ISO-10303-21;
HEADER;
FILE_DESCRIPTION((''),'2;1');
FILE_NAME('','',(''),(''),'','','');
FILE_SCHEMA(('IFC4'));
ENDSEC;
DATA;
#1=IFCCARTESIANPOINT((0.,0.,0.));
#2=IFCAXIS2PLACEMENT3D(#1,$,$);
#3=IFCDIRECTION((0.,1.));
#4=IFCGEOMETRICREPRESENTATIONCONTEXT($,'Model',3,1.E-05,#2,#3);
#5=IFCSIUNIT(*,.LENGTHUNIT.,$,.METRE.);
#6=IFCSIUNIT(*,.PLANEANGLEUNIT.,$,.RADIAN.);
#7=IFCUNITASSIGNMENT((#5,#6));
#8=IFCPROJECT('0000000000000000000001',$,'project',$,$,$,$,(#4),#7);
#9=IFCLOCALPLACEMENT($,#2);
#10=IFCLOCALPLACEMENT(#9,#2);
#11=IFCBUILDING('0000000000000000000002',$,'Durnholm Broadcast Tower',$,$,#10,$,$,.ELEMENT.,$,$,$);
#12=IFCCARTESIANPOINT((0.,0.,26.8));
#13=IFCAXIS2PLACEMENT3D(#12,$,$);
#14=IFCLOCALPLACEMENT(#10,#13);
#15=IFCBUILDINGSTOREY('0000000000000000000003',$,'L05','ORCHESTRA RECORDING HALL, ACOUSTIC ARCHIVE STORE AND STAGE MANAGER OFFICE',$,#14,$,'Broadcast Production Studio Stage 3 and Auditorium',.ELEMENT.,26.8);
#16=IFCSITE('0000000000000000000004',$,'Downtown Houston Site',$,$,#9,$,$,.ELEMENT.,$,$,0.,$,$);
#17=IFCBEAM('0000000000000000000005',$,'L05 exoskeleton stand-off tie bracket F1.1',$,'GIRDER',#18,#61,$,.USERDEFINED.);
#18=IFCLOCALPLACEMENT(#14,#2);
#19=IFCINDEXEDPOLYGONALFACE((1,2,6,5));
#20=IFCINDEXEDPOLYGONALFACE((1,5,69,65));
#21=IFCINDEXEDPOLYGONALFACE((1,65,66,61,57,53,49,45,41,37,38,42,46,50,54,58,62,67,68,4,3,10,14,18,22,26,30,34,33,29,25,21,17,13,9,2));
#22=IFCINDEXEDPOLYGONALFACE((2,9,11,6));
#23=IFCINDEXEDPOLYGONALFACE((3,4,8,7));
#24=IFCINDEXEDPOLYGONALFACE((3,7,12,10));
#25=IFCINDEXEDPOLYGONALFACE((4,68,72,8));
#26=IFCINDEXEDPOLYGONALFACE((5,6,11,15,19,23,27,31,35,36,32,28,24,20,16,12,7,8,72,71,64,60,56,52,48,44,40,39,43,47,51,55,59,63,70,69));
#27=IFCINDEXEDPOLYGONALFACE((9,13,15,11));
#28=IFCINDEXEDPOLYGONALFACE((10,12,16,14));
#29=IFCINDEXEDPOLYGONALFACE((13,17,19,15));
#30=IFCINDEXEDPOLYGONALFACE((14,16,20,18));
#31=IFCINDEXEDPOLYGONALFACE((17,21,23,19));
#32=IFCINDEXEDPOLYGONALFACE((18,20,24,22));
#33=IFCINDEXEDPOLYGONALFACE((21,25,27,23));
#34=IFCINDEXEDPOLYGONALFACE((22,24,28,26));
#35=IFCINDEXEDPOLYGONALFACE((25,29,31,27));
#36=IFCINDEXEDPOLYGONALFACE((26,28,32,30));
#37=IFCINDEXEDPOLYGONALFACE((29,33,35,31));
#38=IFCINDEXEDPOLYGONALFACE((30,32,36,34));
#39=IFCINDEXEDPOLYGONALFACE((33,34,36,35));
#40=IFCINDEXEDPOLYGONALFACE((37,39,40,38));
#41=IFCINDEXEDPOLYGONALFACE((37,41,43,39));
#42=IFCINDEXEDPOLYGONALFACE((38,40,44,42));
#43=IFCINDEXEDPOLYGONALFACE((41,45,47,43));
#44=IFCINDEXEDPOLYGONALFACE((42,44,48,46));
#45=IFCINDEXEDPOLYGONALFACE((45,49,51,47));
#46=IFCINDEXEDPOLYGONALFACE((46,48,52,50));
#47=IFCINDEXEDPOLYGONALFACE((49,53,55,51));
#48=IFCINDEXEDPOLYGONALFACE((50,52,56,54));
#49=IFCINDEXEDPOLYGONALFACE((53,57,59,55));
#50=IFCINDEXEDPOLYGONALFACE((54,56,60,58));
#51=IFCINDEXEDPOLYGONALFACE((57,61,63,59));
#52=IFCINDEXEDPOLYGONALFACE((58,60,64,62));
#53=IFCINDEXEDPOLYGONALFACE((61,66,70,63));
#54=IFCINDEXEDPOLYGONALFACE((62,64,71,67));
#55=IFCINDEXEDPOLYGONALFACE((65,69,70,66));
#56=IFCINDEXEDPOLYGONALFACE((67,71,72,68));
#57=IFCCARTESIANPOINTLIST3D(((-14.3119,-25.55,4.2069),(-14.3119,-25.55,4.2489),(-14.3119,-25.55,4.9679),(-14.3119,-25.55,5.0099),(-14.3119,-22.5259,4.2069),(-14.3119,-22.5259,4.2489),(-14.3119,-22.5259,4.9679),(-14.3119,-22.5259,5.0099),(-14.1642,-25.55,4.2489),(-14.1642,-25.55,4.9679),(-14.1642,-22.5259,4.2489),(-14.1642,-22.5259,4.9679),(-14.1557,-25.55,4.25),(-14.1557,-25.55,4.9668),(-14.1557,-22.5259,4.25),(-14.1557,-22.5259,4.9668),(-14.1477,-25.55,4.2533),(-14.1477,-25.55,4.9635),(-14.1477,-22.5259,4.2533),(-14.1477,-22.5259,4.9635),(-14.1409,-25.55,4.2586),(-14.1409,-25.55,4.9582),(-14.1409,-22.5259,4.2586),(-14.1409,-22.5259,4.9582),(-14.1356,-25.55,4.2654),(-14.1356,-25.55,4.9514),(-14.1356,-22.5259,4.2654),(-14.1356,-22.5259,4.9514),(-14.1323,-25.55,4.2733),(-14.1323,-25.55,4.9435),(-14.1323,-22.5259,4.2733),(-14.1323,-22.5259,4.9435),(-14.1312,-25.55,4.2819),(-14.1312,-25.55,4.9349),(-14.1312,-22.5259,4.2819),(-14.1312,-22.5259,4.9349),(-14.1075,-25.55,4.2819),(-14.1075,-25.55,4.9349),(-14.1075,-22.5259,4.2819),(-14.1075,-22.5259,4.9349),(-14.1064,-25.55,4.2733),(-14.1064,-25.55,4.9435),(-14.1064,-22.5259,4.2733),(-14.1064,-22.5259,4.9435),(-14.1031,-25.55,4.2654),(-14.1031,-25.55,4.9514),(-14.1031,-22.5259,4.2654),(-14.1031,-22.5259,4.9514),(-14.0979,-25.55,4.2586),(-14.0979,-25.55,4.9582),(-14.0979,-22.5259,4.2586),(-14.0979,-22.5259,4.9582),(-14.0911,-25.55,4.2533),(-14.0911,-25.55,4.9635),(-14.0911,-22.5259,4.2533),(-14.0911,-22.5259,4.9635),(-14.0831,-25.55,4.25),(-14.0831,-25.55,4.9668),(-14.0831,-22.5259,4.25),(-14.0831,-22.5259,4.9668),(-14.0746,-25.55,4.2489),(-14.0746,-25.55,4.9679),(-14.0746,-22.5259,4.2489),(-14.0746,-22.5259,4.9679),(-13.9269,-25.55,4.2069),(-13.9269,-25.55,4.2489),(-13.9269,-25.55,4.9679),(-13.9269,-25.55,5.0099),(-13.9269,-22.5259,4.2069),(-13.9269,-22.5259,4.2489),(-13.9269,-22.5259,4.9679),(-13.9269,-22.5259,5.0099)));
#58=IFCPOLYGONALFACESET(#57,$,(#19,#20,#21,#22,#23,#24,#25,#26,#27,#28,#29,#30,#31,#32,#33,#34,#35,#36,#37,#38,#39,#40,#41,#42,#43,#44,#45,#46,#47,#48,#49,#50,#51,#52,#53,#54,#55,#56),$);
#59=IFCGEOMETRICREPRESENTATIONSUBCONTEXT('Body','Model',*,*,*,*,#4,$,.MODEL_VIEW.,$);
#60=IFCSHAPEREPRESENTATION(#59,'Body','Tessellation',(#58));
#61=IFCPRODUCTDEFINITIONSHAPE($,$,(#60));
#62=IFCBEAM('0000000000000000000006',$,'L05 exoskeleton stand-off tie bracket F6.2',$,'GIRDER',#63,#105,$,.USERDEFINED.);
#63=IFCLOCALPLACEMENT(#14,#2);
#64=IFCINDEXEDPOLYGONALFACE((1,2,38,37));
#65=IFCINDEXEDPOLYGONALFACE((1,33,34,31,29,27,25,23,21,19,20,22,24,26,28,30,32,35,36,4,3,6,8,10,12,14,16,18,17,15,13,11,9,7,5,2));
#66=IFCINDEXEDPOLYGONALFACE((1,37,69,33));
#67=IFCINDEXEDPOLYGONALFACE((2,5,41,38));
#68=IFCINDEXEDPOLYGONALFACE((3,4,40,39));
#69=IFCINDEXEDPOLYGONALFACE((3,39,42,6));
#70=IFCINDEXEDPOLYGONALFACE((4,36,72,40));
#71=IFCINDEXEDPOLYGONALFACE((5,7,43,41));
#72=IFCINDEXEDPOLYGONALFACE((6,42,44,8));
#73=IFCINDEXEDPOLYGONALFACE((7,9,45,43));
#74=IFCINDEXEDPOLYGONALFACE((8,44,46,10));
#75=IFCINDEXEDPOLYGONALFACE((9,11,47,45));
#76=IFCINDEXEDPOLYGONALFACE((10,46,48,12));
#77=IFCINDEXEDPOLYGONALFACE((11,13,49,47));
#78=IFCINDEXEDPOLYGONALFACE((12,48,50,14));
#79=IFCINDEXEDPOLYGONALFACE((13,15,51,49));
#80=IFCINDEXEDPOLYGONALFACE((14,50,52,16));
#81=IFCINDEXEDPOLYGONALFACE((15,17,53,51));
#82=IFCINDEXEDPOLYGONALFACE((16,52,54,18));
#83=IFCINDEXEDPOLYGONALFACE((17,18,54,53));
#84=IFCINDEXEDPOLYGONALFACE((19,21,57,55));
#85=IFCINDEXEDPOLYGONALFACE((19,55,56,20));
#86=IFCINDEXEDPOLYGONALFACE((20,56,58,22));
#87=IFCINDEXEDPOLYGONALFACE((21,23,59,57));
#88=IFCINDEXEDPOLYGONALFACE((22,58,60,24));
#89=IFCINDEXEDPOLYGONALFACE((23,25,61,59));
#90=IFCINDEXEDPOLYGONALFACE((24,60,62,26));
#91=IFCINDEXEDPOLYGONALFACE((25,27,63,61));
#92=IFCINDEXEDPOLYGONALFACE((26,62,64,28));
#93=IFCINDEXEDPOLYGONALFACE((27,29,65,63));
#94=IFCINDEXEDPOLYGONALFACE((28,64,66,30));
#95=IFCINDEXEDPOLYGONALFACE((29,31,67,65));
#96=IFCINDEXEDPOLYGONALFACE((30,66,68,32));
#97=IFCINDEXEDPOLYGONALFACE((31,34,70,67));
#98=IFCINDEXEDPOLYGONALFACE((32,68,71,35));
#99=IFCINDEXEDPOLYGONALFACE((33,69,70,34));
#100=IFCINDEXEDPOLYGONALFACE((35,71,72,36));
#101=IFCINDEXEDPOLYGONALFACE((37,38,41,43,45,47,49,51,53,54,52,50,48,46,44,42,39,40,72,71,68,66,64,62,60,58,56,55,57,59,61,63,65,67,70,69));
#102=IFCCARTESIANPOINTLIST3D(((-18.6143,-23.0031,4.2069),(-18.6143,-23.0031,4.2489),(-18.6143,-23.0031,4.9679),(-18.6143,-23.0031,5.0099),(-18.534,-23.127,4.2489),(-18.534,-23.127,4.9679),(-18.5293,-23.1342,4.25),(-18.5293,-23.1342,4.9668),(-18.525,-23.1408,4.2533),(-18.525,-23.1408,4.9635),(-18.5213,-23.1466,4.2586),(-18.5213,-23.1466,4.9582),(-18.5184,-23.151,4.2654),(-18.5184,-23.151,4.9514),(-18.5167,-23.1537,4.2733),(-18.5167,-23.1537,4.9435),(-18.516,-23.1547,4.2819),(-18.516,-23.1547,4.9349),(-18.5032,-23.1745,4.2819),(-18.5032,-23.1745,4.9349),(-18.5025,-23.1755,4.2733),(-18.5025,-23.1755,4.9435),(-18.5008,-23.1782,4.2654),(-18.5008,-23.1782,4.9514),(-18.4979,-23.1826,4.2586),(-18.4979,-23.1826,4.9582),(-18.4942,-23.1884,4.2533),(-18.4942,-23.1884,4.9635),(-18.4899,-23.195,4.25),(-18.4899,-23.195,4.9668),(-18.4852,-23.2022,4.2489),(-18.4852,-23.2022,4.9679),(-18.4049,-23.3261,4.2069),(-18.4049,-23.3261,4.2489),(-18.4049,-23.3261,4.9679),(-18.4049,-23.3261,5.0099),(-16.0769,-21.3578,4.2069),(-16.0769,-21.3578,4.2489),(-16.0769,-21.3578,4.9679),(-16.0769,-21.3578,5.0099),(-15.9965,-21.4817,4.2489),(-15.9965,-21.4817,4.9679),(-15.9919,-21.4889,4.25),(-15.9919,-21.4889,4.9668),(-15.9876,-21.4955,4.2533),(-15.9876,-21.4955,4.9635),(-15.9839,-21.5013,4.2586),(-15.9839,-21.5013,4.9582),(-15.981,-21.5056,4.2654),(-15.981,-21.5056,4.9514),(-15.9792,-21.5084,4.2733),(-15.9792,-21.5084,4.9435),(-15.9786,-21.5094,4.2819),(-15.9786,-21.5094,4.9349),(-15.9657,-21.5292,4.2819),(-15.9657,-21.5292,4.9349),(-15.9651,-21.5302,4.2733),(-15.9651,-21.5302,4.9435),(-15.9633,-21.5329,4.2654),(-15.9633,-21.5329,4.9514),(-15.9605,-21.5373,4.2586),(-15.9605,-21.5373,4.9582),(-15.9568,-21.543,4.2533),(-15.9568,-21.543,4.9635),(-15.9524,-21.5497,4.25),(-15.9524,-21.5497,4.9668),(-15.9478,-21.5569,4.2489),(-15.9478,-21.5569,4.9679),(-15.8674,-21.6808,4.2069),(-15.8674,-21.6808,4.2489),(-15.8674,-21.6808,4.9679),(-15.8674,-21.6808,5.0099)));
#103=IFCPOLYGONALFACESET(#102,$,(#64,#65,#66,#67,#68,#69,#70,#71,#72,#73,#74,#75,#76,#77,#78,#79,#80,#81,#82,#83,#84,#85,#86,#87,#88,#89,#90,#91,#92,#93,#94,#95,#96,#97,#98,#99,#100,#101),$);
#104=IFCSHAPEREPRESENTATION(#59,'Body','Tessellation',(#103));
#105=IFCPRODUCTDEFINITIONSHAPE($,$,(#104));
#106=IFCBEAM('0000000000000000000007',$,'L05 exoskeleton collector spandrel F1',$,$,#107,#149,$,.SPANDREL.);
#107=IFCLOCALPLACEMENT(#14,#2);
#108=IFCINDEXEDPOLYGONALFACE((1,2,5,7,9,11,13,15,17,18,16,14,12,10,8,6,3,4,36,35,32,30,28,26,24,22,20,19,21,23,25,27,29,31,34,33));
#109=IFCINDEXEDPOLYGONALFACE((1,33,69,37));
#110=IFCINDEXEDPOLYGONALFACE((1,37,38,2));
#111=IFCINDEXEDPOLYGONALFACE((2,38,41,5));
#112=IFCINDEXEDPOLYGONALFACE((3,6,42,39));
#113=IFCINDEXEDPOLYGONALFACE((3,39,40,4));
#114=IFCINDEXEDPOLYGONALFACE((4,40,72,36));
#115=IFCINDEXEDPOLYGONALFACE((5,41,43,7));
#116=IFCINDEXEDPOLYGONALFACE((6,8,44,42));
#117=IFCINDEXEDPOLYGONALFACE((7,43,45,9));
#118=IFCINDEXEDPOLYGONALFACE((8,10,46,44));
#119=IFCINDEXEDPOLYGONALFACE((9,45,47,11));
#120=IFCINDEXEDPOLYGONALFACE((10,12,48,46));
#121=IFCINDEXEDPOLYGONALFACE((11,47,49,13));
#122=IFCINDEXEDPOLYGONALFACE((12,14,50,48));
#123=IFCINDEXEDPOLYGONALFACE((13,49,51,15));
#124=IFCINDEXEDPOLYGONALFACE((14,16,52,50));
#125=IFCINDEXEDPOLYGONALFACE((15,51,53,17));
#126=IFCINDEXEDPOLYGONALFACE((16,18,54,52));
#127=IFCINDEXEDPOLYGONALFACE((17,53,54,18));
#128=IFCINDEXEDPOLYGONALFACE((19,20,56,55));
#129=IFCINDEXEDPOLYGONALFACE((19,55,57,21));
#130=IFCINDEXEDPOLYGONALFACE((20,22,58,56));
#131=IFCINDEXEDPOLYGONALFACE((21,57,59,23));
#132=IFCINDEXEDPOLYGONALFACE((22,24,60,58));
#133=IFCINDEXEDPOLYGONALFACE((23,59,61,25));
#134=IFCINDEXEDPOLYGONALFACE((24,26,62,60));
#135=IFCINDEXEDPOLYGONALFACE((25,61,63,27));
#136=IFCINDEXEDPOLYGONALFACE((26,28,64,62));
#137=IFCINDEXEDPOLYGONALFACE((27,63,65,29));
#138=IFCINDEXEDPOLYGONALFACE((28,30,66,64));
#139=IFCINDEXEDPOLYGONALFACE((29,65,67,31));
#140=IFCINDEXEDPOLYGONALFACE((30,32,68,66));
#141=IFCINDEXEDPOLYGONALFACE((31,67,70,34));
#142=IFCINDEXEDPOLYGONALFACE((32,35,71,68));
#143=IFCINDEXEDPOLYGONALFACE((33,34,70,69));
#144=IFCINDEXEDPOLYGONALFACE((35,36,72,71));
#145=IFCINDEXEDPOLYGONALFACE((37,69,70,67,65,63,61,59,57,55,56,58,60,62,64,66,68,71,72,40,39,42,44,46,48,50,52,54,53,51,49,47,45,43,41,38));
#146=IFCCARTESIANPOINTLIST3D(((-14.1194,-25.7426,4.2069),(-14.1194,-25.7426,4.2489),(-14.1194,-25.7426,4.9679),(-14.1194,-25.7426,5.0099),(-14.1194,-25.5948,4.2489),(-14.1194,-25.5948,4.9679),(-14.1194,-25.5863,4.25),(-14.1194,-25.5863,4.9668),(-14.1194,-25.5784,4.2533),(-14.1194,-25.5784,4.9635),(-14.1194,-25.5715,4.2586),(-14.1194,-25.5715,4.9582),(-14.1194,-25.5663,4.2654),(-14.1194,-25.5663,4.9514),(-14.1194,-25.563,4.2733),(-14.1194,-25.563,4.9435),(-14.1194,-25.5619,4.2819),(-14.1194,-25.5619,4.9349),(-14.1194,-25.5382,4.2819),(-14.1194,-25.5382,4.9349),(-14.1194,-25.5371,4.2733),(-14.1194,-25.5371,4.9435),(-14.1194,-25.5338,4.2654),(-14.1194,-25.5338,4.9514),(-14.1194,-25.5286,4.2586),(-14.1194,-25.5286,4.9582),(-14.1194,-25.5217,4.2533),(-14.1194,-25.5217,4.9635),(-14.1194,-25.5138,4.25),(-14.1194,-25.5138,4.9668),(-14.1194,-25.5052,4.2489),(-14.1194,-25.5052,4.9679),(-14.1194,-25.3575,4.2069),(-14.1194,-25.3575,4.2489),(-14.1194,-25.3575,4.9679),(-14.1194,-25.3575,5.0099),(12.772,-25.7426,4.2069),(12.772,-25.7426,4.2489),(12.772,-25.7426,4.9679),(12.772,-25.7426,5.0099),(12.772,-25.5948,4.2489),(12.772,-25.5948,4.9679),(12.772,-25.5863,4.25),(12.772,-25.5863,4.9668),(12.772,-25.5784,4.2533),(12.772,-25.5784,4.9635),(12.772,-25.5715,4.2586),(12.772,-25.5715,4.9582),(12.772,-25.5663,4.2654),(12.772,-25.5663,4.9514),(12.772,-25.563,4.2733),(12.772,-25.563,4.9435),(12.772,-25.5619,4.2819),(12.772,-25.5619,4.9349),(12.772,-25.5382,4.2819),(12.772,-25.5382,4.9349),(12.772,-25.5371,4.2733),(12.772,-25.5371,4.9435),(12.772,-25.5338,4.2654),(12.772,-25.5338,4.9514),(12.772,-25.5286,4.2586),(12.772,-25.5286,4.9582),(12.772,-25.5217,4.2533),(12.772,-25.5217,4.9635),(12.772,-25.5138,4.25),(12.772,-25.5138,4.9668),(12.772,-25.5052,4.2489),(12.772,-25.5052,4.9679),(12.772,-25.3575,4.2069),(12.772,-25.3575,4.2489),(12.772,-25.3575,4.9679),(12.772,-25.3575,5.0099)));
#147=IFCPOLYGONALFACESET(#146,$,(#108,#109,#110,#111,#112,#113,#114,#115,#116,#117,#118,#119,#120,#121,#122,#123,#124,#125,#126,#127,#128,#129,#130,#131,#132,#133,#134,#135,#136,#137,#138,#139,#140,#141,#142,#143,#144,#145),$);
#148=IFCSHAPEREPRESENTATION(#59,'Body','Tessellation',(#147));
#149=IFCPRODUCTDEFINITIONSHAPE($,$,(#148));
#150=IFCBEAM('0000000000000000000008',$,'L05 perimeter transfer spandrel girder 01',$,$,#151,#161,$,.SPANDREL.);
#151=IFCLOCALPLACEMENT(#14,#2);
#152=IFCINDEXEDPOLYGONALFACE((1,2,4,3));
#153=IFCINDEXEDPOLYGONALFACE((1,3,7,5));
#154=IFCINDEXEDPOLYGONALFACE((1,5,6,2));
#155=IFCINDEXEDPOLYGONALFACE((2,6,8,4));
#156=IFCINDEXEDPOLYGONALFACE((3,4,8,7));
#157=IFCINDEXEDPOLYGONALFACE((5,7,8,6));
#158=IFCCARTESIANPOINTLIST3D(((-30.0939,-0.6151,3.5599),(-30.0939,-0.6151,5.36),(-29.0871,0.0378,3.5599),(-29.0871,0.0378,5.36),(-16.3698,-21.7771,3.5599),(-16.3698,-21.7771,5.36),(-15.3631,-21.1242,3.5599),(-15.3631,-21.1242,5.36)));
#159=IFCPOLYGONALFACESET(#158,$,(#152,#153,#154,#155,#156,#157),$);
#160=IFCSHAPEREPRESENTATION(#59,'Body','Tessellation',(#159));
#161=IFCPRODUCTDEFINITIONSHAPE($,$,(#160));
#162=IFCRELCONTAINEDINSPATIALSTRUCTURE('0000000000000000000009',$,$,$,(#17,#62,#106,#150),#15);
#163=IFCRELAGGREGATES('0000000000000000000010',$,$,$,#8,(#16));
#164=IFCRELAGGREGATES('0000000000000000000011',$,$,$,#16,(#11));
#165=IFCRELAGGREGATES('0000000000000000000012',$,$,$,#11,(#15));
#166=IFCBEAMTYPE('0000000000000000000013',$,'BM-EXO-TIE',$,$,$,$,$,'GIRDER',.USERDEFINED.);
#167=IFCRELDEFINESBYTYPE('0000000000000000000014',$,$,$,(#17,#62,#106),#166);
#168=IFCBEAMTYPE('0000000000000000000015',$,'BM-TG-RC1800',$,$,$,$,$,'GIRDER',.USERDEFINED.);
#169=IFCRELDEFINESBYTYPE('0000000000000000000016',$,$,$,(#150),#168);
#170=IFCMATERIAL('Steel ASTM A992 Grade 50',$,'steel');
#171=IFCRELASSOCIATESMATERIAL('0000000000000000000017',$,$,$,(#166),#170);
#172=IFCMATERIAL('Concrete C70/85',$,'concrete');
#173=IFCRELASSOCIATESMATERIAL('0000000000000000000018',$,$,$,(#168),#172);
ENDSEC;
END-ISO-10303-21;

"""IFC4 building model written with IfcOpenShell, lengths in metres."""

from ifc_helpers import new_model, si_unit, direction, frame, origin, origin_2d, place, context, subcontext, project, spatial, rectangle, i_section, extrude, source, transform, mapped, material, material_profile, profile_set, type_object, type_shapes, element, save


model = new_model("IFC4")

# Units and contexts
model_context = context("Model", 3, precision=1e-05, world=origin(), true_north=direction((0.0, 1.0)))
body_context = subcontext(model_context, "Body", "Model", "MODEL_VIEW")
ifc_project = project(units=[si_unit("LENGTHUNIT", "METRE"), si_unit("PLANEANGLEUNIT", "RADIAN")], contexts=[model_context])

# Site, building, storey
site_placement = place(None, origin())
site = spatial("IfcSite", under=ifc_project, at=site_placement, Name="Downtown Houston Site", CompositionType="ELEMENT", RefElevation=0.0)
building_placement = place(site_placement, origin())
building = spatial("IfcBuilding", under=site, at=building_placement, Name="Durnholm Broadcast Tower", CompositionType="ELEMENT")
storey_placement = place(building_placement, frame((0.0, 0.0, 26.8)))
storey = spatial("IfcBuildingStorey", under=building, at=storey_placement, Name="L05", Description="ORCHESTRA RECORDING HALL, ACOUSTIC ARCHIVE STORE AND STAGE MANAGER OFFICE", LongName="Broadcast Production Studio Stage 3 and Auditorium", CompositionType="ELEMENT", Elevation=26.8)

# Beams
ifc_material_1 = material(Name="Steel ASTM A992 Grade 50", Category="steel")
ifc_material_profile_1 = material_profile(ifc_material_1, i_section(OverallWidth=0.385, OverallDepth=0.803, WebThickness=0.0237, FlangeThickness=0.042, FilletRadius=0.033, at=origin_2d()), Name="W30X261")
ifc_profile_set_1 = profile_set([ifc_material_profile_1], Name="Steel ASTM A992 Grade 50")
beam_type_1 = type_object("IfcBeamType", Name="BM-EXO-TIE", ElementType="GIRDER", PredefinedType="USERDEFINED", material=ifc_profile_set_1)
shared_shape_1 = source(origin(), body_context, "Body", "SweptSolid", [
    extrude(i_section(OverallWidth=0.385, OverallDepth=0.803, WebThickness=0.0237, FlangeThickness=0.042, FilletRadius=0.033, at=origin_2d()), origin(), (0.0, 0.0, 1.0), 3.0242),
])
for number, where, z_axis, x_axis, name in (
    (1, (-14.1194, -22.5259, 4.6084), (0.0, -1.0, 0.0), (1.0, 0.0, 0.0), "L05 exoskeleton stand-off tie bracket F1.1"),
    (2, (-15.9722, -21.5193, 4.6084), (-0.83905, -0.544054, 0.0), (0.544054, -0.83905, 0.0), "L05 exoskeleton stand-off tie bracket F6.2"),
):
    element("IfcBeam", number, at=place(storey_placement, frame(where, z_axis=z_axis, x_axis=x_axis)), inside=storey, type_object=beam_type_1, Name=name, ObjectType="GIRDER", PredefinedType="USERDEFINED", context=body_context, shape_type="MappedRepresentation", body=[
        mapped(shared_shape_1, transform((0.0, 0.0, 0.0), x_axis=(1.0, 0.0, 0.0), y_axis=(0.0, 1.0, 0.0), z_axis=(0.0, 0.0, 1.0), scale=1.0)),
    ])
shared_shape_2 = source(origin(), body_context, "Body", "SweptSolid", [
    extrude(i_section(OverallWidth=0.385, OverallDepth=0.803, WebThickness=0.0237, FlangeThickness=0.042, FilletRadius=0.033, at=origin_2d()), origin(), (0.0, 0.0, 1.0), 26.8914),
])
type_shapes(beam_type_1, [shared_shape_1, shared_shape_2])
beam_1_placement = place(storey_placement, frame((-14.1194, -25.55, 4.6084), z_axis=(1.0, 0.0, 0.0), x_axis=(0.0, 1.0, 0.0)))
element("IfcBeam", 3, at=beam_1_placement, inside=storey, type_object=beam_type_1, Name="L05 exoskeleton collector spandrel F1", PredefinedType="SPANDREL", context=body_context, shape_type="MappedRepresentation", body=[
    mapped(shared_shape_2, transform((0.0, 0.0, 0.0), x_axis=(1.0, 0.0, 0.0), y_axis=(0.0, 1.0, 0.0), z_axis=(0.0, 0.0, 1.0), scale=1.0)),
])
ifc_material_2 = material(Name="Concrete C70/85", Category="concrete")
ifc_material_profile_2 = material_profile(ifc_material_2, rectangle(XDim=1.2, YDim=1.8, at=origin_2d()), Name="RC1200X1800")
ifc_profile_set_2 = profile_set([ifc_material_profile_2], Name="Concrete C70/85")
beam_type_2 = type_object("IfcBeamType", Name="BM-TG-RC1800", ElementType="GIRDER", PredefinedType="USERDEFINED", material=ifc_profile_set_2)
shared_shape_3 = source(origin(), body_context, "Body", "SweptSolid", [
    extrude(rectangle(XDim=1.2, YDim=1.8, at=origin_2d()), origin(), (0.0, 0.0, 1.0), 25.2227),
])
type_shapes(beam_type_2, [shared_shape_3])
beam_2_placement = place(storey_placement, frame((-15.8665, -21.4507, 4.46), z_axis=(-0.544117, 0.839009, 0.0), x_axis=(-0.839009, -0.544117, 0.0)))
element("IfcBeam", 4, at=beam_2_placement, inside=storey, type_object=beam_type_2, Name="L05 perimeter transfer spandrel girder 01", PredefinedType="SPANDREL", context=body_context, shape_type="MappedRepresentation", body=[
    mapped(shared_shape_3, transform((0.0, 0.0, 0.0), x_axis=(1.0, 0.0, 0.0), y_axis=(0.0, 1.0, 0.0), z_axis=(0.0, 0.0, 1.0), scale=1.0)),
])

save(model, "model.ifc")
